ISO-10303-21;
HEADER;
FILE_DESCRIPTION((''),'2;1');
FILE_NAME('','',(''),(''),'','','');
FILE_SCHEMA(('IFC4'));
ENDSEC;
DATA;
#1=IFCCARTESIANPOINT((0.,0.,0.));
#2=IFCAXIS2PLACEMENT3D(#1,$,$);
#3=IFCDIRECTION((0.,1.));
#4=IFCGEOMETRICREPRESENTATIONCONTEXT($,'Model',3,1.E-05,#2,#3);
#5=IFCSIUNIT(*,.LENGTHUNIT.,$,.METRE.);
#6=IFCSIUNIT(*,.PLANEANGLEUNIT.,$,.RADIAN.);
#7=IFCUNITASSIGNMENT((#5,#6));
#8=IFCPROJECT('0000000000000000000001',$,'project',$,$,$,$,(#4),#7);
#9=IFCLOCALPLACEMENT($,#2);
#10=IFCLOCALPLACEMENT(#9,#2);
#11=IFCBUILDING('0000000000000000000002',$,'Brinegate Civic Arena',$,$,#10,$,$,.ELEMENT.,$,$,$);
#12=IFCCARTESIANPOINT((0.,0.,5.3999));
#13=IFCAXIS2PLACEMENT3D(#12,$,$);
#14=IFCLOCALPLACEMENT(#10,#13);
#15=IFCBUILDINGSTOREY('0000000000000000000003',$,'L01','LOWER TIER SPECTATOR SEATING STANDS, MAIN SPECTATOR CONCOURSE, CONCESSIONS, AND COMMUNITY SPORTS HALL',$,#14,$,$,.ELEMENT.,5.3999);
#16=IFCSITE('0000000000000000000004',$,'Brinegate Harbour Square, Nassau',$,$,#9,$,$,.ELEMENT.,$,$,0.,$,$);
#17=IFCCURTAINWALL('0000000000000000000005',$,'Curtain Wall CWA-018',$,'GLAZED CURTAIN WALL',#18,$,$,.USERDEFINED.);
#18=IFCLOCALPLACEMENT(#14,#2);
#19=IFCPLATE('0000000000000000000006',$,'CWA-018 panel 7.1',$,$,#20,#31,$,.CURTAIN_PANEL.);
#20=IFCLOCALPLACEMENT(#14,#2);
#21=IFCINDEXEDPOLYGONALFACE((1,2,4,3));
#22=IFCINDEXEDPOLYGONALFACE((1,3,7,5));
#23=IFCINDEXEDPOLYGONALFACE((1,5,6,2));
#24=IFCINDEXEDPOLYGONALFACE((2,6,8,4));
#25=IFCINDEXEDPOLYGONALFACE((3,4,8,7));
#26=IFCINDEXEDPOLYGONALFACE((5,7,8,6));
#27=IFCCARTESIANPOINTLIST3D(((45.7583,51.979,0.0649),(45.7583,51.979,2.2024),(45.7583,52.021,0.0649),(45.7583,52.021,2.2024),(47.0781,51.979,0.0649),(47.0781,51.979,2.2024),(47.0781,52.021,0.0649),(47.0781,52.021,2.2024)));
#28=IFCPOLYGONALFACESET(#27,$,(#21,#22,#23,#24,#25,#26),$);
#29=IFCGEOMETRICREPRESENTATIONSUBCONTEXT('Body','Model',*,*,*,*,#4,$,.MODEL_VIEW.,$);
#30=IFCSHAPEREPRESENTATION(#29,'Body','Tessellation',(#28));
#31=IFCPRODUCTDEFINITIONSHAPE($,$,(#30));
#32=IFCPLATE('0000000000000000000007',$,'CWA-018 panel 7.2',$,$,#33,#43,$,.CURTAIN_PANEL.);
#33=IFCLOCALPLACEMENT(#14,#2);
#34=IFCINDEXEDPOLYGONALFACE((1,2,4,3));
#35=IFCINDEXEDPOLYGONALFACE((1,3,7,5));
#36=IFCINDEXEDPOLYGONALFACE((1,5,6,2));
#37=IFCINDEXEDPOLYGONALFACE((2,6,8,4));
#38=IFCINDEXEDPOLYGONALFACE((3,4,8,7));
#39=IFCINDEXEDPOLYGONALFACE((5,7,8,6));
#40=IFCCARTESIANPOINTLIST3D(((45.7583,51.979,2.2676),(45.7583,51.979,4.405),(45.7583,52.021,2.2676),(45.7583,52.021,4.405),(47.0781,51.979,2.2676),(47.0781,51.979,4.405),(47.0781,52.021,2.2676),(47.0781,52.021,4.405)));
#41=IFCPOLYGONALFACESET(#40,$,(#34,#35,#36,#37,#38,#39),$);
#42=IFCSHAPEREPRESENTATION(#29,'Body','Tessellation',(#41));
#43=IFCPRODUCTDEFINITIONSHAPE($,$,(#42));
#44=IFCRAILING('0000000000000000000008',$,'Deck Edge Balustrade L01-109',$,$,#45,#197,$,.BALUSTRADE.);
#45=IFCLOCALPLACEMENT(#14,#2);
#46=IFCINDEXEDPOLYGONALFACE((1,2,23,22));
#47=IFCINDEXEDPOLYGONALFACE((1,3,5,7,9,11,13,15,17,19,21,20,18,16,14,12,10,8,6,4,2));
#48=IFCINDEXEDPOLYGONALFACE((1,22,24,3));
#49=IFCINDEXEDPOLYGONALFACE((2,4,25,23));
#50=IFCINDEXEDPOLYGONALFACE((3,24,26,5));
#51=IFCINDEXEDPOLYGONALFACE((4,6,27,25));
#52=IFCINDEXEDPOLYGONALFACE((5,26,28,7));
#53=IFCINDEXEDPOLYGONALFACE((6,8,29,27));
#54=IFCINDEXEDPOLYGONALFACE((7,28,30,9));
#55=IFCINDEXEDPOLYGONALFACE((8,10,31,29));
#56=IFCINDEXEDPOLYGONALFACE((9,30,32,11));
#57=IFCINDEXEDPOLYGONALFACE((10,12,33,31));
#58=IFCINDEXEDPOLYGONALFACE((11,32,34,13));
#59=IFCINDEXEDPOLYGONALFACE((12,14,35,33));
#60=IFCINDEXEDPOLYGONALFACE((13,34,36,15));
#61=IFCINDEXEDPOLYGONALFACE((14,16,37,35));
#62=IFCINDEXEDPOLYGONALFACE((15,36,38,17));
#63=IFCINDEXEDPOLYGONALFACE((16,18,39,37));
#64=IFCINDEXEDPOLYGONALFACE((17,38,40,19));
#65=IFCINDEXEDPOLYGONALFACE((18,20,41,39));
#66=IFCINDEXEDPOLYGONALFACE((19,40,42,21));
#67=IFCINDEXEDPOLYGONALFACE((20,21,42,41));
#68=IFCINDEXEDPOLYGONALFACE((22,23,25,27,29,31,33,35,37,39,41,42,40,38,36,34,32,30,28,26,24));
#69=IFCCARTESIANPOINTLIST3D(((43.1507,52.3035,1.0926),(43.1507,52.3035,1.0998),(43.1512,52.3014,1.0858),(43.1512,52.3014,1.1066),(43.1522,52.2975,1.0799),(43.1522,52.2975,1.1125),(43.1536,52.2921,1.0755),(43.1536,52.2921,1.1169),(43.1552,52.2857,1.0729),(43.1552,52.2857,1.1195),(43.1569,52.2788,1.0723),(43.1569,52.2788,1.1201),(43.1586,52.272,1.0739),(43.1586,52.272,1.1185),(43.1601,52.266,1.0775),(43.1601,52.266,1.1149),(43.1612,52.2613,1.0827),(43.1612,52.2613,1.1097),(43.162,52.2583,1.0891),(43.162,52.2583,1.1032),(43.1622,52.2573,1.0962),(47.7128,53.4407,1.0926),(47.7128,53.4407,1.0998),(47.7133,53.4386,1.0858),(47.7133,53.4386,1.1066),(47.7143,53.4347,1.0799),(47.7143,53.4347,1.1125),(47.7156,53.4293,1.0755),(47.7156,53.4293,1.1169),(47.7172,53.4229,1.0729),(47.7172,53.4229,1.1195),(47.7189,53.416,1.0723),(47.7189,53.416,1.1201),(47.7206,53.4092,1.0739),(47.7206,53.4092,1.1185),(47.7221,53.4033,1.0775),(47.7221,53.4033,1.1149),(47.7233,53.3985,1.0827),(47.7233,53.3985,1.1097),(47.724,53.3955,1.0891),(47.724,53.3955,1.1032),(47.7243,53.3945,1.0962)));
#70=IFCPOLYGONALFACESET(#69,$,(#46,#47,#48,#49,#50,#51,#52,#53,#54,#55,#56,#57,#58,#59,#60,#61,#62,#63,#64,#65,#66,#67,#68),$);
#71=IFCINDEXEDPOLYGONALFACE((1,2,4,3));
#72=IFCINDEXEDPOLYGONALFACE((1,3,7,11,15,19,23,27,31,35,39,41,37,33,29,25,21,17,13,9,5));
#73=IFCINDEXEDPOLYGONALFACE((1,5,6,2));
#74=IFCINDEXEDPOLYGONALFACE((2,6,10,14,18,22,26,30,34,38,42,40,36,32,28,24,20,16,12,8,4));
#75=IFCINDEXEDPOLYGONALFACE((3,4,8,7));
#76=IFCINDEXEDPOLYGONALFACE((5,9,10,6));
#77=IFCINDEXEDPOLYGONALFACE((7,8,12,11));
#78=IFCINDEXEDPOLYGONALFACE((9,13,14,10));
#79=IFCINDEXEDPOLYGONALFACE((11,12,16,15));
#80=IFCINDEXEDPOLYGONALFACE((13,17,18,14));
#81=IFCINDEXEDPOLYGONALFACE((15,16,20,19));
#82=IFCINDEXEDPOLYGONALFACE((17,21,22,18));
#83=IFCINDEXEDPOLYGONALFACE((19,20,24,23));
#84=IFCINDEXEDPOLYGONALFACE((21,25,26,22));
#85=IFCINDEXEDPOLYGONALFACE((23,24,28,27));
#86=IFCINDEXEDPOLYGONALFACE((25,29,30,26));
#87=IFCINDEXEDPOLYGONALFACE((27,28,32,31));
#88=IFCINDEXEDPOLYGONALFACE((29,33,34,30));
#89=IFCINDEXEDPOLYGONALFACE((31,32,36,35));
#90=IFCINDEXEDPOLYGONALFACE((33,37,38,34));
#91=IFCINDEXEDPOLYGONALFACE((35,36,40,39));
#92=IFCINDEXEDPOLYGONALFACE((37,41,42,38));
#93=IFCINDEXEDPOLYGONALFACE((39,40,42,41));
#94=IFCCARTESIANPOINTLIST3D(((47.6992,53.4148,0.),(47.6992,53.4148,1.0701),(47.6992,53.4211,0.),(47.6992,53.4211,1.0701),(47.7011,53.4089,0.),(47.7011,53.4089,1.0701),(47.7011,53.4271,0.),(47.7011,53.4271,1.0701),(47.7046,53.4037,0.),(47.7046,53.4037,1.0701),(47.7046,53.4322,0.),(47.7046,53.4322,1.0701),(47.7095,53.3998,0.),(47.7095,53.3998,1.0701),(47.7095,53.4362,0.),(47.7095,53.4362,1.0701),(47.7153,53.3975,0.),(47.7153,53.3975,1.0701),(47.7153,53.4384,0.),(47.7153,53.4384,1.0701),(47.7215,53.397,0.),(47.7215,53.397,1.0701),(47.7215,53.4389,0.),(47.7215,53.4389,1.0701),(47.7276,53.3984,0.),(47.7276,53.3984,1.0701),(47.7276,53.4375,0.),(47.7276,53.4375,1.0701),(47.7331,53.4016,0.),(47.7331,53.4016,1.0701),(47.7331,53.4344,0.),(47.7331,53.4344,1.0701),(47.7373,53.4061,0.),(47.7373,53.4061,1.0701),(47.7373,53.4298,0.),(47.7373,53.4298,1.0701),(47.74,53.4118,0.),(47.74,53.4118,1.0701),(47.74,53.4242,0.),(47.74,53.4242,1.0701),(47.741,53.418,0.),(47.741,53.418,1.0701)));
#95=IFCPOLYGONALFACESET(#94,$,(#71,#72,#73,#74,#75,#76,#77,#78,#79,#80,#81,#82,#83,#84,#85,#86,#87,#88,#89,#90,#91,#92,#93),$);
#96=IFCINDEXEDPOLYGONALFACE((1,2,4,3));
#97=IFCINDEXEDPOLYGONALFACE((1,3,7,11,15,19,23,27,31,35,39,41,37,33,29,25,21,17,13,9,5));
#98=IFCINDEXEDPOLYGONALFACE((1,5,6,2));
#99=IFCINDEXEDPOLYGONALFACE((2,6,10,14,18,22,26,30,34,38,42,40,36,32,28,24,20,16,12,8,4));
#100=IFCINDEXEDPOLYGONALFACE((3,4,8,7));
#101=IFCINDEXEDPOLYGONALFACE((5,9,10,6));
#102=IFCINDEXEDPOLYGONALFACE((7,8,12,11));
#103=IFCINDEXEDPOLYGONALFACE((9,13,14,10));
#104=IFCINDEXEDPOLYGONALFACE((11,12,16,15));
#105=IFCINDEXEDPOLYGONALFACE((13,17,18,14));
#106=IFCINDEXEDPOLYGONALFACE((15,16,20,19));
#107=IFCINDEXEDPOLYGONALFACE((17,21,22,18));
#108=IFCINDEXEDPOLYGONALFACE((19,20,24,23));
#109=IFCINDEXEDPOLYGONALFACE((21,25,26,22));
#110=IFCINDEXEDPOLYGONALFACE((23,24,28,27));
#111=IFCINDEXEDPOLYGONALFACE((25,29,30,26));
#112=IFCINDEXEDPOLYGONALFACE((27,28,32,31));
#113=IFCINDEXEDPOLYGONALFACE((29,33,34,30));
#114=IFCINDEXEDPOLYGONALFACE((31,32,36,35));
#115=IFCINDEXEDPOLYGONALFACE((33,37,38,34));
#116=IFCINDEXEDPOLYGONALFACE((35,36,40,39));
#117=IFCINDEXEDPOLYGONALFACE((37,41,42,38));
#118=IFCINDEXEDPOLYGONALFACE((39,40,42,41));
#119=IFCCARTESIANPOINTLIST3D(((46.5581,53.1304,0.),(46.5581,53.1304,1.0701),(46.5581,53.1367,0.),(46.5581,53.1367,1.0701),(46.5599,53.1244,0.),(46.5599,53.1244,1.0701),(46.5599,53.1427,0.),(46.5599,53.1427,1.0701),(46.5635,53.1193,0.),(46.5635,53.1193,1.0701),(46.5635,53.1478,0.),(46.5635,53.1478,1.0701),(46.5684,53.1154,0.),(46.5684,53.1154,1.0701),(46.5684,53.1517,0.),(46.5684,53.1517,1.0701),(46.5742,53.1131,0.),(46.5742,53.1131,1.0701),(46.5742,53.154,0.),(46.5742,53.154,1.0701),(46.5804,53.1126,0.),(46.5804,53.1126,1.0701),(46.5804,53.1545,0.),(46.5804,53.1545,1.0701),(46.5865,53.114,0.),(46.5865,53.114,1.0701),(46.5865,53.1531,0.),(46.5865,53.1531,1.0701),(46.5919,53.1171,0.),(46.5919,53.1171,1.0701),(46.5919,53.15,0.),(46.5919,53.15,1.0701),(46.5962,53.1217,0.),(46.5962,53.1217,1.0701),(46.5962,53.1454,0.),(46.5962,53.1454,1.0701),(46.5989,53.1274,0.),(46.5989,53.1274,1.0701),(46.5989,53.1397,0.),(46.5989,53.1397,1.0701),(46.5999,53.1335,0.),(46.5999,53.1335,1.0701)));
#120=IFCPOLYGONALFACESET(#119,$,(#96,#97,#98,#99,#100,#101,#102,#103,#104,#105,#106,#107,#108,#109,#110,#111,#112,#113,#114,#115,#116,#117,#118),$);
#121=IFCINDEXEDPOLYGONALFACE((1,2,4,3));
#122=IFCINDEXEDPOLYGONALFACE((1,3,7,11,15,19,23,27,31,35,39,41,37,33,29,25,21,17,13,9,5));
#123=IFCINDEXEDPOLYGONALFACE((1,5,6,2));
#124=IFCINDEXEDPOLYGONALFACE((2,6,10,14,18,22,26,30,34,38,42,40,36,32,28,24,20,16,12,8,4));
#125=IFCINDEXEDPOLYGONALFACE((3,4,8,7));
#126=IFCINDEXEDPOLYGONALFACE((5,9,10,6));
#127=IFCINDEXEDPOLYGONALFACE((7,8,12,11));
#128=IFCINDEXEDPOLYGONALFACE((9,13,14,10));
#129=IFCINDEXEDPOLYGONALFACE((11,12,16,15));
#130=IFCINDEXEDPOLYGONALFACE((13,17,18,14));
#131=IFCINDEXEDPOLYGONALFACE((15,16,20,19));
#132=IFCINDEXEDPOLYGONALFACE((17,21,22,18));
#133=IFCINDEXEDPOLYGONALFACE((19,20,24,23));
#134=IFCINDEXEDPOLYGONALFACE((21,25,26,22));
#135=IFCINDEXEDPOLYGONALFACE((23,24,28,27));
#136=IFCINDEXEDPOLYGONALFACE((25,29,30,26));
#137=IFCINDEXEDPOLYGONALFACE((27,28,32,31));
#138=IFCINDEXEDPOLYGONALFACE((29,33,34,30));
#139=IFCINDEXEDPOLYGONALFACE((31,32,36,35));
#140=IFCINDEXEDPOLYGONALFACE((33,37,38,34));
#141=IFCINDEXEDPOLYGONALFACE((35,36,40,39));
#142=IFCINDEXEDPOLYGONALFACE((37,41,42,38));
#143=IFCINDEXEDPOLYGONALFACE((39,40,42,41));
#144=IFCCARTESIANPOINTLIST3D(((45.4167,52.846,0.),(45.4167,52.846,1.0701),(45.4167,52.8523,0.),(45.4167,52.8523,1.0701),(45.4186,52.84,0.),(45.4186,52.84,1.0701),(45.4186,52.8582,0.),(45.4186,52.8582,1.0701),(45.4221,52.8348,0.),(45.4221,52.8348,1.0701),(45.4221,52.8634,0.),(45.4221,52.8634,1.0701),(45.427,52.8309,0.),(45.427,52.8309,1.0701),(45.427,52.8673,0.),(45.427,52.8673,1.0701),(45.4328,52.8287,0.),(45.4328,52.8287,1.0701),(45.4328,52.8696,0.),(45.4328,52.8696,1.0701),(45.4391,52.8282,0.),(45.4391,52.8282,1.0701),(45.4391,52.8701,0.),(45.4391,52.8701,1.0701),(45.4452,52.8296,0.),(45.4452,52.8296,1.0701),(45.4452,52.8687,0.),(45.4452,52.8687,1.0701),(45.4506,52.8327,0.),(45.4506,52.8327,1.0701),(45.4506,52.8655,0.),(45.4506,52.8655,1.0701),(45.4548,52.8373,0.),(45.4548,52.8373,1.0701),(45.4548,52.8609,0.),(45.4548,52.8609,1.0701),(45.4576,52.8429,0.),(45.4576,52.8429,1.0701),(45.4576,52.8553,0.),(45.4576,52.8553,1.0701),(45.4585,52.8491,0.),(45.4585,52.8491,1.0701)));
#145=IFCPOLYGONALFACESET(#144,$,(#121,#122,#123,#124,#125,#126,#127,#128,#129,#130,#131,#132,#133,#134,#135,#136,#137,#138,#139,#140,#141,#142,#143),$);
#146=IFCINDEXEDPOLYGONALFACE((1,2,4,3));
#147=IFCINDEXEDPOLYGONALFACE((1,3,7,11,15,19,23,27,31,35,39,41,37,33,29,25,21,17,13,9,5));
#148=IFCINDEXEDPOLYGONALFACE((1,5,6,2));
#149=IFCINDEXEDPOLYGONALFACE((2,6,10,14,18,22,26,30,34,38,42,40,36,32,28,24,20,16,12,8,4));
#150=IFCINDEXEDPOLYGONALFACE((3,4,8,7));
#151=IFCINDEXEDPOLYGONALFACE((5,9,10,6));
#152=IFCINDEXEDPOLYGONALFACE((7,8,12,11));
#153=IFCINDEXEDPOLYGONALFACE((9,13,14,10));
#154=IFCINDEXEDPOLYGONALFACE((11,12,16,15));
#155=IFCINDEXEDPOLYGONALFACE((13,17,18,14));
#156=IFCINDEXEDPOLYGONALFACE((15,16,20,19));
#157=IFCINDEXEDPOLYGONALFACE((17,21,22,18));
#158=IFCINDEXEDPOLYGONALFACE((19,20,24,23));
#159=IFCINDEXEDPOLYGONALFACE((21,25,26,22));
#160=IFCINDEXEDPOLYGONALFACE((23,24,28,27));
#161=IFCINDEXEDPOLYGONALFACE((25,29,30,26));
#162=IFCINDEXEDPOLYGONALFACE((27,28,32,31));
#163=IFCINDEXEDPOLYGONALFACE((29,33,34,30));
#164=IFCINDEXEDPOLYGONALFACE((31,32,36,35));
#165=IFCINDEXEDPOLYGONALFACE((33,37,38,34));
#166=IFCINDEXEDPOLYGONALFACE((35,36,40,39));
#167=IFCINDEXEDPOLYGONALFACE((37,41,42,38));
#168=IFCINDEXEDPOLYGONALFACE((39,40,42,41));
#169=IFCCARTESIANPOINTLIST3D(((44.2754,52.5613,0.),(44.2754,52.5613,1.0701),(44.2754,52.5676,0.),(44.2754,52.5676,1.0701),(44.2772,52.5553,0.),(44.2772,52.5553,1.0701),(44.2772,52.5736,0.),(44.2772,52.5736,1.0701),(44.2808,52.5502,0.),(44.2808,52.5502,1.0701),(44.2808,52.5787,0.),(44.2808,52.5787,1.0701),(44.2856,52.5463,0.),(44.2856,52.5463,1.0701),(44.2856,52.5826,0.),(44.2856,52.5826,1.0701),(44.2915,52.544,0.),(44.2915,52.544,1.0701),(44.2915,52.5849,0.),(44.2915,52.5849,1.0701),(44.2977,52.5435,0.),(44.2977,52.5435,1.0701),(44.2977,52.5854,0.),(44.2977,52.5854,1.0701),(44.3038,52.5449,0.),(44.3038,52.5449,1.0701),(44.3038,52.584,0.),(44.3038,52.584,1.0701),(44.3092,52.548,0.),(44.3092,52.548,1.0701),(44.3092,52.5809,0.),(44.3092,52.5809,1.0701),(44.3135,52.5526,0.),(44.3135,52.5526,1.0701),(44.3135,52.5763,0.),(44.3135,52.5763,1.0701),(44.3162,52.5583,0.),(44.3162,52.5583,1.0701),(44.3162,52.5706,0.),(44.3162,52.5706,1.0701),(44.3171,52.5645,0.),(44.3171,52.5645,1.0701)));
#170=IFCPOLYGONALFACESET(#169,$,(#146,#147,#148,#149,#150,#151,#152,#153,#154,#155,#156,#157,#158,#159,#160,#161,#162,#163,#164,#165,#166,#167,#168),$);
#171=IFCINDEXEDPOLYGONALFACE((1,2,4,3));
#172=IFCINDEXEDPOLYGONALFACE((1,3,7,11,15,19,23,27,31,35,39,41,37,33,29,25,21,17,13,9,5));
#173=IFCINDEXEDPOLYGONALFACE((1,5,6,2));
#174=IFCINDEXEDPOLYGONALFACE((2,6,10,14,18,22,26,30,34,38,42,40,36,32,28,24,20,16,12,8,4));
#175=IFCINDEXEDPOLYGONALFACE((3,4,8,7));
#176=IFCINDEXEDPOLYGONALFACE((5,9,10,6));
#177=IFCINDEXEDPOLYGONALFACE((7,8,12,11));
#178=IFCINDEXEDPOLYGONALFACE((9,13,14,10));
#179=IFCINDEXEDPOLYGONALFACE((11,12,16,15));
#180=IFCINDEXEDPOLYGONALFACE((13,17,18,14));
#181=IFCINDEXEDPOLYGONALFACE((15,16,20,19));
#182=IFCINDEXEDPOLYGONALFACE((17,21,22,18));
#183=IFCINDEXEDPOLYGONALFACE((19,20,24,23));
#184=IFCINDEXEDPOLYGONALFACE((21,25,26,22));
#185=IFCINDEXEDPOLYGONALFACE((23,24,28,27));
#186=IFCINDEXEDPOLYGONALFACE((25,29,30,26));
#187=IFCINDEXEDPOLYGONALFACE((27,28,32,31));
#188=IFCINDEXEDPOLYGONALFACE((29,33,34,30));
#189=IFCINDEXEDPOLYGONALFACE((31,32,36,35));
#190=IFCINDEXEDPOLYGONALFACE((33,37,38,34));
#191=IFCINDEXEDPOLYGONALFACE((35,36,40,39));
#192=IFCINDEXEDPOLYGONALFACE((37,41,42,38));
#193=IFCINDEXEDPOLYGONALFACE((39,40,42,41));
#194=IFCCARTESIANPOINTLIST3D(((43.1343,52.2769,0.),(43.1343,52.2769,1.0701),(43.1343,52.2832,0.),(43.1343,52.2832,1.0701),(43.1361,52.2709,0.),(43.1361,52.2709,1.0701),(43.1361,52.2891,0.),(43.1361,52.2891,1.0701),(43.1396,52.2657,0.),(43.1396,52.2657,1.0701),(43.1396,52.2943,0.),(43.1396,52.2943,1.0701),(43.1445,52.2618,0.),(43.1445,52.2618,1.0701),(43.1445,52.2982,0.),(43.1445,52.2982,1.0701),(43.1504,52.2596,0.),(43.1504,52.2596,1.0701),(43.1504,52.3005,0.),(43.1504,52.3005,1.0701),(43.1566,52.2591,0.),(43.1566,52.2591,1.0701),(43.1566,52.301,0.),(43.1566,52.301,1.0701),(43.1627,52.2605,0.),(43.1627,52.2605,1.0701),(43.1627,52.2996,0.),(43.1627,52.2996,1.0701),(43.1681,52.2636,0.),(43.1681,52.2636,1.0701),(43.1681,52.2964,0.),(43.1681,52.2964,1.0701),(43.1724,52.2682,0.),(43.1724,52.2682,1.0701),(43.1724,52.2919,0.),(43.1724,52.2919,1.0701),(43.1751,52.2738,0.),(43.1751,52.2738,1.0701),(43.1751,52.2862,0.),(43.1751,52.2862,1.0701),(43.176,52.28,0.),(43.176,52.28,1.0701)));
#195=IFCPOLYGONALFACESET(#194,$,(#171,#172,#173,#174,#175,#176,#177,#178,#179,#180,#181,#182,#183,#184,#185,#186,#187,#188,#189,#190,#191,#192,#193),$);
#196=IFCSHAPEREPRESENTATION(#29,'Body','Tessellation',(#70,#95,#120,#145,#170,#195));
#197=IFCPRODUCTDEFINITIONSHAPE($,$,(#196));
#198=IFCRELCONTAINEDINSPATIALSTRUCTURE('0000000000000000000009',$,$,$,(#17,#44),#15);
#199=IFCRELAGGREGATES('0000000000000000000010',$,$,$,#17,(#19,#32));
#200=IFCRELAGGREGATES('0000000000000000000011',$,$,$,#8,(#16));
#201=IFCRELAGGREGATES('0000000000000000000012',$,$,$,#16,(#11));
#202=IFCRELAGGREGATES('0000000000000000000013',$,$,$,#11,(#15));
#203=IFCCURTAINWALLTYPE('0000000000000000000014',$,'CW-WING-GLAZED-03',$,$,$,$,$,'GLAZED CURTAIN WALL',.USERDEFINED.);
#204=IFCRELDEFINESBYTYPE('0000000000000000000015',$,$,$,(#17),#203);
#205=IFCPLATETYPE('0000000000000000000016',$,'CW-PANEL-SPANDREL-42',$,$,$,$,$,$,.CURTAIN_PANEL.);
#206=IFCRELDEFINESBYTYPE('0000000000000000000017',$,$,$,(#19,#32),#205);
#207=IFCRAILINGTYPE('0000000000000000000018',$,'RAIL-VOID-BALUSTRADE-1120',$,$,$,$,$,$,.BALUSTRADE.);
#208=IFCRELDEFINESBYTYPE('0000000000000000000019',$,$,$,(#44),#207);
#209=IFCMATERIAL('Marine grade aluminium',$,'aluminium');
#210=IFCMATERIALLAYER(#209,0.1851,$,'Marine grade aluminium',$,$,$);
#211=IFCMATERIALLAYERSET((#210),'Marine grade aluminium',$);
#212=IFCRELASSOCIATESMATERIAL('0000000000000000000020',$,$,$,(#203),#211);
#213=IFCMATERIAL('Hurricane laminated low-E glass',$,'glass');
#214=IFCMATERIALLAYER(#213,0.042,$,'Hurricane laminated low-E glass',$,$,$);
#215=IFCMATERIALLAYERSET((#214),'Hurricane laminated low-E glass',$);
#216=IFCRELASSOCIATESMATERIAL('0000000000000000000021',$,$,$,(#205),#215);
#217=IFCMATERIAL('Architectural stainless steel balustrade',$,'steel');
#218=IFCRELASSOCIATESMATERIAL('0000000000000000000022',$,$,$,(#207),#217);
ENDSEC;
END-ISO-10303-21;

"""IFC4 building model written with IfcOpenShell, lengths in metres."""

from ifc_helpers import new_model, si_unit, direction, frame, origin, origin_2d, place, context, subcontext, project, spatial, rectangle, circle, extrude, material, layer, layer_set, type_object, element, aggregate, save


model = new_model("IFC4")

# Units and contexts
model_context = context("Model", 3, precision=1e-05, world=origin(), true_north=direction((0.0, 1.0)))
body_context = subcontext(model_context, "Body", "Model", "MODEL_VIEW")
ifc_project = project(units=[si_unit("LENGTHUNIT", "METRE"), si_unit("PLANEANGLEUNIT", "RADIAN")], contexts=[model_context])

# Site, building, storey
site_placement = place(None, origin())
site = spatial("IfcSite", under=ifc_project, at=site_placement, Name="Brinegate Harbour Square, Nassau", CompositionType="ELEMENT", RefElevation=0.0)
building_placement = place(site_placement, origin())
building = spatial("IfcBuilding", under=site, at=building_placement, Name="Brinegate Civic Arena", CompositionType="ELEMENT")
storey_placement = place(building_placement, frame((0.0, 0.0, 5.3999)))
storey = spatial("IfcBuildingStorey", under=building, at=storey_placement, Name="L01", Description="LOWER TIER SPECTATOR SEATING STANDS, MAIN SPECTATOR CONCOURSE, CONCESSIONS, AND COMMUNITY SPORTS HALL", CompositionType="ELEMENT", Elevation=5.3999)

# Shared definitions
ifc_material_1 = material(Name="Marine grade aluminium", Category="aluminium")

# Curtain wall
ifc_layer_1 = layer(ifc_material_1, 0.1851, Name="Marine grade aluminium")
ifc_layer_set_1 = layer_set([ifc_layer_1], Name="Marine grade aluminium")
curtain_wall_type_1 = type_object("IfcCurtainWallType", Name="CW-WING-GLAZED-03", ElementType="GLAZED CURTAIN WALL", PredefinedType="USERDEFINED", material=ifc_layer_set_1)
curtain_wall_1_placement = place(storey_placement, origin())
curtain_wall_1 = element("IfcCurtainWall", 1, at=curtain_wall_1_placement, inside=storey, type_object=curtain_wall_type_1, Name="Curtain Wall CWA-018", ObjectType="GLAZED CURTAIN WALL", PredefinedType="USERDEFINED")

# Plates
ifc_material_2 = material(Name="Hurricane laminated low-E glass", Category="glass")
ifc_layer_2 = layer(ifc_material_2, 0.042, Name="Hurricane laminated low-E glass")
ifc_layer_set_2 = layer_set([ifc_layer_2], Name="Hurricane laminated low-E glass")
plate_type = type_object("IfcPlateType", Name="CW-PANEL-SPANDREL-42", PredefinedType="CURTAIN_PANEL", material=ifc_layer_set_2)
plate_1_placement = place(storey_placement, frame((46.4182, 52.0, 0.0649), z_axis=(0.0, 0.0, 1.0), x_axis=(1.0, 0.0, 0.0)))
plate_1 = element("IfcPlate", 2, at=plate_1_placement, type_object=plate_type, Name="CWA-018 panel 7.1", PredefinedType="CURTAIN_PANEL", context=body_context, shape_type="SweptSolid", body=[
    extrude(rectangle(XDim=1.3198, YDim=0.042, at=origin_2d()), origin(), (0.0, 0.0, 1.0), 2.1375),
])
plate_2_placement = place(storey_placement, frame((46.4182, 52.0, 2.2676), z_axis=(0.0, 0.0, 1.0), x_axis=(1.0, 0.0, 0.0)))
plate_2 = element("IfcPlate", 3, at=plate_2_placement, type_object=plate_type, Name="CWA-018 panel 7.2", PredefinedType="CURTAIN_PANEL", context=body_context, shape_type="SweptSolid", body=[
    extrude(rectangle(XDim=1.3198, YDim=0.042, at=origin_2d()), origin(), (0.0, 0.0, 1.0), 2.1375),
])
aggregate(curtain_wall_1, [plate_1, plate_2])

# Railing
ifc_material_3 = material(Name="Architectural stainless steel balustrade", Category="steel")
railing_type = type_object("IfcRailingType", Name="RAIL-VOID-BALUSTRADE-1120", PredefinedType="BALUSTRADE", material=ifc_material_3)
railing_placement = place(storey_placement, frame((47.72, 53.418, 0.0)))
element("IfcRailing", 4, at=railing_placement, inside=storey, type_object=railing_type, Name="Deck Edge Balustrade L01-109", PredefinedType="BALUSTRADE", context=body_context, shape_type="SweptSolid", body=[
    extrude(circle(Radius=0.0239, at=origin_2d()), frame((-0.0015, -0.0002, 1.0962), z_axis=(-0.970307, -0.241876, 0.0), x_axis=(0.241876, -0.970307, 0.0)), (0.0, 0.0, 1.0), 4.7017),
    extrude(circle(Radius=0.021, at=origin_2d()), origin(), (0.0, 0.0, 1.0), 1.0701),
    extrude(circle(Radius=0.021, at=origin_2d()), frame((-1.1411, -0.2844, 0.0)), (0.0, 0.0, 1.0), 1.0701),
    extrude(circle(Radius=0.021, at=origin_2d()), frame((-2.2825, -0.5688, 0.0)), (0.0, 0.0, 1.0), 1.0701),
    extrude(circle(Radius=0.021, at=origin_2d()), frame((-3.4238, -0.8535, 0.0)), (0.0, 0.0, 1.0), 1.0701),
    extrude(circle(Radius=0.021, at=origin_2d()), frame((-4.5649, -1.1379, 0.0)), (0.0, 0.0, 1.0), 1.0701),
])

save(model, "model.ifc")
